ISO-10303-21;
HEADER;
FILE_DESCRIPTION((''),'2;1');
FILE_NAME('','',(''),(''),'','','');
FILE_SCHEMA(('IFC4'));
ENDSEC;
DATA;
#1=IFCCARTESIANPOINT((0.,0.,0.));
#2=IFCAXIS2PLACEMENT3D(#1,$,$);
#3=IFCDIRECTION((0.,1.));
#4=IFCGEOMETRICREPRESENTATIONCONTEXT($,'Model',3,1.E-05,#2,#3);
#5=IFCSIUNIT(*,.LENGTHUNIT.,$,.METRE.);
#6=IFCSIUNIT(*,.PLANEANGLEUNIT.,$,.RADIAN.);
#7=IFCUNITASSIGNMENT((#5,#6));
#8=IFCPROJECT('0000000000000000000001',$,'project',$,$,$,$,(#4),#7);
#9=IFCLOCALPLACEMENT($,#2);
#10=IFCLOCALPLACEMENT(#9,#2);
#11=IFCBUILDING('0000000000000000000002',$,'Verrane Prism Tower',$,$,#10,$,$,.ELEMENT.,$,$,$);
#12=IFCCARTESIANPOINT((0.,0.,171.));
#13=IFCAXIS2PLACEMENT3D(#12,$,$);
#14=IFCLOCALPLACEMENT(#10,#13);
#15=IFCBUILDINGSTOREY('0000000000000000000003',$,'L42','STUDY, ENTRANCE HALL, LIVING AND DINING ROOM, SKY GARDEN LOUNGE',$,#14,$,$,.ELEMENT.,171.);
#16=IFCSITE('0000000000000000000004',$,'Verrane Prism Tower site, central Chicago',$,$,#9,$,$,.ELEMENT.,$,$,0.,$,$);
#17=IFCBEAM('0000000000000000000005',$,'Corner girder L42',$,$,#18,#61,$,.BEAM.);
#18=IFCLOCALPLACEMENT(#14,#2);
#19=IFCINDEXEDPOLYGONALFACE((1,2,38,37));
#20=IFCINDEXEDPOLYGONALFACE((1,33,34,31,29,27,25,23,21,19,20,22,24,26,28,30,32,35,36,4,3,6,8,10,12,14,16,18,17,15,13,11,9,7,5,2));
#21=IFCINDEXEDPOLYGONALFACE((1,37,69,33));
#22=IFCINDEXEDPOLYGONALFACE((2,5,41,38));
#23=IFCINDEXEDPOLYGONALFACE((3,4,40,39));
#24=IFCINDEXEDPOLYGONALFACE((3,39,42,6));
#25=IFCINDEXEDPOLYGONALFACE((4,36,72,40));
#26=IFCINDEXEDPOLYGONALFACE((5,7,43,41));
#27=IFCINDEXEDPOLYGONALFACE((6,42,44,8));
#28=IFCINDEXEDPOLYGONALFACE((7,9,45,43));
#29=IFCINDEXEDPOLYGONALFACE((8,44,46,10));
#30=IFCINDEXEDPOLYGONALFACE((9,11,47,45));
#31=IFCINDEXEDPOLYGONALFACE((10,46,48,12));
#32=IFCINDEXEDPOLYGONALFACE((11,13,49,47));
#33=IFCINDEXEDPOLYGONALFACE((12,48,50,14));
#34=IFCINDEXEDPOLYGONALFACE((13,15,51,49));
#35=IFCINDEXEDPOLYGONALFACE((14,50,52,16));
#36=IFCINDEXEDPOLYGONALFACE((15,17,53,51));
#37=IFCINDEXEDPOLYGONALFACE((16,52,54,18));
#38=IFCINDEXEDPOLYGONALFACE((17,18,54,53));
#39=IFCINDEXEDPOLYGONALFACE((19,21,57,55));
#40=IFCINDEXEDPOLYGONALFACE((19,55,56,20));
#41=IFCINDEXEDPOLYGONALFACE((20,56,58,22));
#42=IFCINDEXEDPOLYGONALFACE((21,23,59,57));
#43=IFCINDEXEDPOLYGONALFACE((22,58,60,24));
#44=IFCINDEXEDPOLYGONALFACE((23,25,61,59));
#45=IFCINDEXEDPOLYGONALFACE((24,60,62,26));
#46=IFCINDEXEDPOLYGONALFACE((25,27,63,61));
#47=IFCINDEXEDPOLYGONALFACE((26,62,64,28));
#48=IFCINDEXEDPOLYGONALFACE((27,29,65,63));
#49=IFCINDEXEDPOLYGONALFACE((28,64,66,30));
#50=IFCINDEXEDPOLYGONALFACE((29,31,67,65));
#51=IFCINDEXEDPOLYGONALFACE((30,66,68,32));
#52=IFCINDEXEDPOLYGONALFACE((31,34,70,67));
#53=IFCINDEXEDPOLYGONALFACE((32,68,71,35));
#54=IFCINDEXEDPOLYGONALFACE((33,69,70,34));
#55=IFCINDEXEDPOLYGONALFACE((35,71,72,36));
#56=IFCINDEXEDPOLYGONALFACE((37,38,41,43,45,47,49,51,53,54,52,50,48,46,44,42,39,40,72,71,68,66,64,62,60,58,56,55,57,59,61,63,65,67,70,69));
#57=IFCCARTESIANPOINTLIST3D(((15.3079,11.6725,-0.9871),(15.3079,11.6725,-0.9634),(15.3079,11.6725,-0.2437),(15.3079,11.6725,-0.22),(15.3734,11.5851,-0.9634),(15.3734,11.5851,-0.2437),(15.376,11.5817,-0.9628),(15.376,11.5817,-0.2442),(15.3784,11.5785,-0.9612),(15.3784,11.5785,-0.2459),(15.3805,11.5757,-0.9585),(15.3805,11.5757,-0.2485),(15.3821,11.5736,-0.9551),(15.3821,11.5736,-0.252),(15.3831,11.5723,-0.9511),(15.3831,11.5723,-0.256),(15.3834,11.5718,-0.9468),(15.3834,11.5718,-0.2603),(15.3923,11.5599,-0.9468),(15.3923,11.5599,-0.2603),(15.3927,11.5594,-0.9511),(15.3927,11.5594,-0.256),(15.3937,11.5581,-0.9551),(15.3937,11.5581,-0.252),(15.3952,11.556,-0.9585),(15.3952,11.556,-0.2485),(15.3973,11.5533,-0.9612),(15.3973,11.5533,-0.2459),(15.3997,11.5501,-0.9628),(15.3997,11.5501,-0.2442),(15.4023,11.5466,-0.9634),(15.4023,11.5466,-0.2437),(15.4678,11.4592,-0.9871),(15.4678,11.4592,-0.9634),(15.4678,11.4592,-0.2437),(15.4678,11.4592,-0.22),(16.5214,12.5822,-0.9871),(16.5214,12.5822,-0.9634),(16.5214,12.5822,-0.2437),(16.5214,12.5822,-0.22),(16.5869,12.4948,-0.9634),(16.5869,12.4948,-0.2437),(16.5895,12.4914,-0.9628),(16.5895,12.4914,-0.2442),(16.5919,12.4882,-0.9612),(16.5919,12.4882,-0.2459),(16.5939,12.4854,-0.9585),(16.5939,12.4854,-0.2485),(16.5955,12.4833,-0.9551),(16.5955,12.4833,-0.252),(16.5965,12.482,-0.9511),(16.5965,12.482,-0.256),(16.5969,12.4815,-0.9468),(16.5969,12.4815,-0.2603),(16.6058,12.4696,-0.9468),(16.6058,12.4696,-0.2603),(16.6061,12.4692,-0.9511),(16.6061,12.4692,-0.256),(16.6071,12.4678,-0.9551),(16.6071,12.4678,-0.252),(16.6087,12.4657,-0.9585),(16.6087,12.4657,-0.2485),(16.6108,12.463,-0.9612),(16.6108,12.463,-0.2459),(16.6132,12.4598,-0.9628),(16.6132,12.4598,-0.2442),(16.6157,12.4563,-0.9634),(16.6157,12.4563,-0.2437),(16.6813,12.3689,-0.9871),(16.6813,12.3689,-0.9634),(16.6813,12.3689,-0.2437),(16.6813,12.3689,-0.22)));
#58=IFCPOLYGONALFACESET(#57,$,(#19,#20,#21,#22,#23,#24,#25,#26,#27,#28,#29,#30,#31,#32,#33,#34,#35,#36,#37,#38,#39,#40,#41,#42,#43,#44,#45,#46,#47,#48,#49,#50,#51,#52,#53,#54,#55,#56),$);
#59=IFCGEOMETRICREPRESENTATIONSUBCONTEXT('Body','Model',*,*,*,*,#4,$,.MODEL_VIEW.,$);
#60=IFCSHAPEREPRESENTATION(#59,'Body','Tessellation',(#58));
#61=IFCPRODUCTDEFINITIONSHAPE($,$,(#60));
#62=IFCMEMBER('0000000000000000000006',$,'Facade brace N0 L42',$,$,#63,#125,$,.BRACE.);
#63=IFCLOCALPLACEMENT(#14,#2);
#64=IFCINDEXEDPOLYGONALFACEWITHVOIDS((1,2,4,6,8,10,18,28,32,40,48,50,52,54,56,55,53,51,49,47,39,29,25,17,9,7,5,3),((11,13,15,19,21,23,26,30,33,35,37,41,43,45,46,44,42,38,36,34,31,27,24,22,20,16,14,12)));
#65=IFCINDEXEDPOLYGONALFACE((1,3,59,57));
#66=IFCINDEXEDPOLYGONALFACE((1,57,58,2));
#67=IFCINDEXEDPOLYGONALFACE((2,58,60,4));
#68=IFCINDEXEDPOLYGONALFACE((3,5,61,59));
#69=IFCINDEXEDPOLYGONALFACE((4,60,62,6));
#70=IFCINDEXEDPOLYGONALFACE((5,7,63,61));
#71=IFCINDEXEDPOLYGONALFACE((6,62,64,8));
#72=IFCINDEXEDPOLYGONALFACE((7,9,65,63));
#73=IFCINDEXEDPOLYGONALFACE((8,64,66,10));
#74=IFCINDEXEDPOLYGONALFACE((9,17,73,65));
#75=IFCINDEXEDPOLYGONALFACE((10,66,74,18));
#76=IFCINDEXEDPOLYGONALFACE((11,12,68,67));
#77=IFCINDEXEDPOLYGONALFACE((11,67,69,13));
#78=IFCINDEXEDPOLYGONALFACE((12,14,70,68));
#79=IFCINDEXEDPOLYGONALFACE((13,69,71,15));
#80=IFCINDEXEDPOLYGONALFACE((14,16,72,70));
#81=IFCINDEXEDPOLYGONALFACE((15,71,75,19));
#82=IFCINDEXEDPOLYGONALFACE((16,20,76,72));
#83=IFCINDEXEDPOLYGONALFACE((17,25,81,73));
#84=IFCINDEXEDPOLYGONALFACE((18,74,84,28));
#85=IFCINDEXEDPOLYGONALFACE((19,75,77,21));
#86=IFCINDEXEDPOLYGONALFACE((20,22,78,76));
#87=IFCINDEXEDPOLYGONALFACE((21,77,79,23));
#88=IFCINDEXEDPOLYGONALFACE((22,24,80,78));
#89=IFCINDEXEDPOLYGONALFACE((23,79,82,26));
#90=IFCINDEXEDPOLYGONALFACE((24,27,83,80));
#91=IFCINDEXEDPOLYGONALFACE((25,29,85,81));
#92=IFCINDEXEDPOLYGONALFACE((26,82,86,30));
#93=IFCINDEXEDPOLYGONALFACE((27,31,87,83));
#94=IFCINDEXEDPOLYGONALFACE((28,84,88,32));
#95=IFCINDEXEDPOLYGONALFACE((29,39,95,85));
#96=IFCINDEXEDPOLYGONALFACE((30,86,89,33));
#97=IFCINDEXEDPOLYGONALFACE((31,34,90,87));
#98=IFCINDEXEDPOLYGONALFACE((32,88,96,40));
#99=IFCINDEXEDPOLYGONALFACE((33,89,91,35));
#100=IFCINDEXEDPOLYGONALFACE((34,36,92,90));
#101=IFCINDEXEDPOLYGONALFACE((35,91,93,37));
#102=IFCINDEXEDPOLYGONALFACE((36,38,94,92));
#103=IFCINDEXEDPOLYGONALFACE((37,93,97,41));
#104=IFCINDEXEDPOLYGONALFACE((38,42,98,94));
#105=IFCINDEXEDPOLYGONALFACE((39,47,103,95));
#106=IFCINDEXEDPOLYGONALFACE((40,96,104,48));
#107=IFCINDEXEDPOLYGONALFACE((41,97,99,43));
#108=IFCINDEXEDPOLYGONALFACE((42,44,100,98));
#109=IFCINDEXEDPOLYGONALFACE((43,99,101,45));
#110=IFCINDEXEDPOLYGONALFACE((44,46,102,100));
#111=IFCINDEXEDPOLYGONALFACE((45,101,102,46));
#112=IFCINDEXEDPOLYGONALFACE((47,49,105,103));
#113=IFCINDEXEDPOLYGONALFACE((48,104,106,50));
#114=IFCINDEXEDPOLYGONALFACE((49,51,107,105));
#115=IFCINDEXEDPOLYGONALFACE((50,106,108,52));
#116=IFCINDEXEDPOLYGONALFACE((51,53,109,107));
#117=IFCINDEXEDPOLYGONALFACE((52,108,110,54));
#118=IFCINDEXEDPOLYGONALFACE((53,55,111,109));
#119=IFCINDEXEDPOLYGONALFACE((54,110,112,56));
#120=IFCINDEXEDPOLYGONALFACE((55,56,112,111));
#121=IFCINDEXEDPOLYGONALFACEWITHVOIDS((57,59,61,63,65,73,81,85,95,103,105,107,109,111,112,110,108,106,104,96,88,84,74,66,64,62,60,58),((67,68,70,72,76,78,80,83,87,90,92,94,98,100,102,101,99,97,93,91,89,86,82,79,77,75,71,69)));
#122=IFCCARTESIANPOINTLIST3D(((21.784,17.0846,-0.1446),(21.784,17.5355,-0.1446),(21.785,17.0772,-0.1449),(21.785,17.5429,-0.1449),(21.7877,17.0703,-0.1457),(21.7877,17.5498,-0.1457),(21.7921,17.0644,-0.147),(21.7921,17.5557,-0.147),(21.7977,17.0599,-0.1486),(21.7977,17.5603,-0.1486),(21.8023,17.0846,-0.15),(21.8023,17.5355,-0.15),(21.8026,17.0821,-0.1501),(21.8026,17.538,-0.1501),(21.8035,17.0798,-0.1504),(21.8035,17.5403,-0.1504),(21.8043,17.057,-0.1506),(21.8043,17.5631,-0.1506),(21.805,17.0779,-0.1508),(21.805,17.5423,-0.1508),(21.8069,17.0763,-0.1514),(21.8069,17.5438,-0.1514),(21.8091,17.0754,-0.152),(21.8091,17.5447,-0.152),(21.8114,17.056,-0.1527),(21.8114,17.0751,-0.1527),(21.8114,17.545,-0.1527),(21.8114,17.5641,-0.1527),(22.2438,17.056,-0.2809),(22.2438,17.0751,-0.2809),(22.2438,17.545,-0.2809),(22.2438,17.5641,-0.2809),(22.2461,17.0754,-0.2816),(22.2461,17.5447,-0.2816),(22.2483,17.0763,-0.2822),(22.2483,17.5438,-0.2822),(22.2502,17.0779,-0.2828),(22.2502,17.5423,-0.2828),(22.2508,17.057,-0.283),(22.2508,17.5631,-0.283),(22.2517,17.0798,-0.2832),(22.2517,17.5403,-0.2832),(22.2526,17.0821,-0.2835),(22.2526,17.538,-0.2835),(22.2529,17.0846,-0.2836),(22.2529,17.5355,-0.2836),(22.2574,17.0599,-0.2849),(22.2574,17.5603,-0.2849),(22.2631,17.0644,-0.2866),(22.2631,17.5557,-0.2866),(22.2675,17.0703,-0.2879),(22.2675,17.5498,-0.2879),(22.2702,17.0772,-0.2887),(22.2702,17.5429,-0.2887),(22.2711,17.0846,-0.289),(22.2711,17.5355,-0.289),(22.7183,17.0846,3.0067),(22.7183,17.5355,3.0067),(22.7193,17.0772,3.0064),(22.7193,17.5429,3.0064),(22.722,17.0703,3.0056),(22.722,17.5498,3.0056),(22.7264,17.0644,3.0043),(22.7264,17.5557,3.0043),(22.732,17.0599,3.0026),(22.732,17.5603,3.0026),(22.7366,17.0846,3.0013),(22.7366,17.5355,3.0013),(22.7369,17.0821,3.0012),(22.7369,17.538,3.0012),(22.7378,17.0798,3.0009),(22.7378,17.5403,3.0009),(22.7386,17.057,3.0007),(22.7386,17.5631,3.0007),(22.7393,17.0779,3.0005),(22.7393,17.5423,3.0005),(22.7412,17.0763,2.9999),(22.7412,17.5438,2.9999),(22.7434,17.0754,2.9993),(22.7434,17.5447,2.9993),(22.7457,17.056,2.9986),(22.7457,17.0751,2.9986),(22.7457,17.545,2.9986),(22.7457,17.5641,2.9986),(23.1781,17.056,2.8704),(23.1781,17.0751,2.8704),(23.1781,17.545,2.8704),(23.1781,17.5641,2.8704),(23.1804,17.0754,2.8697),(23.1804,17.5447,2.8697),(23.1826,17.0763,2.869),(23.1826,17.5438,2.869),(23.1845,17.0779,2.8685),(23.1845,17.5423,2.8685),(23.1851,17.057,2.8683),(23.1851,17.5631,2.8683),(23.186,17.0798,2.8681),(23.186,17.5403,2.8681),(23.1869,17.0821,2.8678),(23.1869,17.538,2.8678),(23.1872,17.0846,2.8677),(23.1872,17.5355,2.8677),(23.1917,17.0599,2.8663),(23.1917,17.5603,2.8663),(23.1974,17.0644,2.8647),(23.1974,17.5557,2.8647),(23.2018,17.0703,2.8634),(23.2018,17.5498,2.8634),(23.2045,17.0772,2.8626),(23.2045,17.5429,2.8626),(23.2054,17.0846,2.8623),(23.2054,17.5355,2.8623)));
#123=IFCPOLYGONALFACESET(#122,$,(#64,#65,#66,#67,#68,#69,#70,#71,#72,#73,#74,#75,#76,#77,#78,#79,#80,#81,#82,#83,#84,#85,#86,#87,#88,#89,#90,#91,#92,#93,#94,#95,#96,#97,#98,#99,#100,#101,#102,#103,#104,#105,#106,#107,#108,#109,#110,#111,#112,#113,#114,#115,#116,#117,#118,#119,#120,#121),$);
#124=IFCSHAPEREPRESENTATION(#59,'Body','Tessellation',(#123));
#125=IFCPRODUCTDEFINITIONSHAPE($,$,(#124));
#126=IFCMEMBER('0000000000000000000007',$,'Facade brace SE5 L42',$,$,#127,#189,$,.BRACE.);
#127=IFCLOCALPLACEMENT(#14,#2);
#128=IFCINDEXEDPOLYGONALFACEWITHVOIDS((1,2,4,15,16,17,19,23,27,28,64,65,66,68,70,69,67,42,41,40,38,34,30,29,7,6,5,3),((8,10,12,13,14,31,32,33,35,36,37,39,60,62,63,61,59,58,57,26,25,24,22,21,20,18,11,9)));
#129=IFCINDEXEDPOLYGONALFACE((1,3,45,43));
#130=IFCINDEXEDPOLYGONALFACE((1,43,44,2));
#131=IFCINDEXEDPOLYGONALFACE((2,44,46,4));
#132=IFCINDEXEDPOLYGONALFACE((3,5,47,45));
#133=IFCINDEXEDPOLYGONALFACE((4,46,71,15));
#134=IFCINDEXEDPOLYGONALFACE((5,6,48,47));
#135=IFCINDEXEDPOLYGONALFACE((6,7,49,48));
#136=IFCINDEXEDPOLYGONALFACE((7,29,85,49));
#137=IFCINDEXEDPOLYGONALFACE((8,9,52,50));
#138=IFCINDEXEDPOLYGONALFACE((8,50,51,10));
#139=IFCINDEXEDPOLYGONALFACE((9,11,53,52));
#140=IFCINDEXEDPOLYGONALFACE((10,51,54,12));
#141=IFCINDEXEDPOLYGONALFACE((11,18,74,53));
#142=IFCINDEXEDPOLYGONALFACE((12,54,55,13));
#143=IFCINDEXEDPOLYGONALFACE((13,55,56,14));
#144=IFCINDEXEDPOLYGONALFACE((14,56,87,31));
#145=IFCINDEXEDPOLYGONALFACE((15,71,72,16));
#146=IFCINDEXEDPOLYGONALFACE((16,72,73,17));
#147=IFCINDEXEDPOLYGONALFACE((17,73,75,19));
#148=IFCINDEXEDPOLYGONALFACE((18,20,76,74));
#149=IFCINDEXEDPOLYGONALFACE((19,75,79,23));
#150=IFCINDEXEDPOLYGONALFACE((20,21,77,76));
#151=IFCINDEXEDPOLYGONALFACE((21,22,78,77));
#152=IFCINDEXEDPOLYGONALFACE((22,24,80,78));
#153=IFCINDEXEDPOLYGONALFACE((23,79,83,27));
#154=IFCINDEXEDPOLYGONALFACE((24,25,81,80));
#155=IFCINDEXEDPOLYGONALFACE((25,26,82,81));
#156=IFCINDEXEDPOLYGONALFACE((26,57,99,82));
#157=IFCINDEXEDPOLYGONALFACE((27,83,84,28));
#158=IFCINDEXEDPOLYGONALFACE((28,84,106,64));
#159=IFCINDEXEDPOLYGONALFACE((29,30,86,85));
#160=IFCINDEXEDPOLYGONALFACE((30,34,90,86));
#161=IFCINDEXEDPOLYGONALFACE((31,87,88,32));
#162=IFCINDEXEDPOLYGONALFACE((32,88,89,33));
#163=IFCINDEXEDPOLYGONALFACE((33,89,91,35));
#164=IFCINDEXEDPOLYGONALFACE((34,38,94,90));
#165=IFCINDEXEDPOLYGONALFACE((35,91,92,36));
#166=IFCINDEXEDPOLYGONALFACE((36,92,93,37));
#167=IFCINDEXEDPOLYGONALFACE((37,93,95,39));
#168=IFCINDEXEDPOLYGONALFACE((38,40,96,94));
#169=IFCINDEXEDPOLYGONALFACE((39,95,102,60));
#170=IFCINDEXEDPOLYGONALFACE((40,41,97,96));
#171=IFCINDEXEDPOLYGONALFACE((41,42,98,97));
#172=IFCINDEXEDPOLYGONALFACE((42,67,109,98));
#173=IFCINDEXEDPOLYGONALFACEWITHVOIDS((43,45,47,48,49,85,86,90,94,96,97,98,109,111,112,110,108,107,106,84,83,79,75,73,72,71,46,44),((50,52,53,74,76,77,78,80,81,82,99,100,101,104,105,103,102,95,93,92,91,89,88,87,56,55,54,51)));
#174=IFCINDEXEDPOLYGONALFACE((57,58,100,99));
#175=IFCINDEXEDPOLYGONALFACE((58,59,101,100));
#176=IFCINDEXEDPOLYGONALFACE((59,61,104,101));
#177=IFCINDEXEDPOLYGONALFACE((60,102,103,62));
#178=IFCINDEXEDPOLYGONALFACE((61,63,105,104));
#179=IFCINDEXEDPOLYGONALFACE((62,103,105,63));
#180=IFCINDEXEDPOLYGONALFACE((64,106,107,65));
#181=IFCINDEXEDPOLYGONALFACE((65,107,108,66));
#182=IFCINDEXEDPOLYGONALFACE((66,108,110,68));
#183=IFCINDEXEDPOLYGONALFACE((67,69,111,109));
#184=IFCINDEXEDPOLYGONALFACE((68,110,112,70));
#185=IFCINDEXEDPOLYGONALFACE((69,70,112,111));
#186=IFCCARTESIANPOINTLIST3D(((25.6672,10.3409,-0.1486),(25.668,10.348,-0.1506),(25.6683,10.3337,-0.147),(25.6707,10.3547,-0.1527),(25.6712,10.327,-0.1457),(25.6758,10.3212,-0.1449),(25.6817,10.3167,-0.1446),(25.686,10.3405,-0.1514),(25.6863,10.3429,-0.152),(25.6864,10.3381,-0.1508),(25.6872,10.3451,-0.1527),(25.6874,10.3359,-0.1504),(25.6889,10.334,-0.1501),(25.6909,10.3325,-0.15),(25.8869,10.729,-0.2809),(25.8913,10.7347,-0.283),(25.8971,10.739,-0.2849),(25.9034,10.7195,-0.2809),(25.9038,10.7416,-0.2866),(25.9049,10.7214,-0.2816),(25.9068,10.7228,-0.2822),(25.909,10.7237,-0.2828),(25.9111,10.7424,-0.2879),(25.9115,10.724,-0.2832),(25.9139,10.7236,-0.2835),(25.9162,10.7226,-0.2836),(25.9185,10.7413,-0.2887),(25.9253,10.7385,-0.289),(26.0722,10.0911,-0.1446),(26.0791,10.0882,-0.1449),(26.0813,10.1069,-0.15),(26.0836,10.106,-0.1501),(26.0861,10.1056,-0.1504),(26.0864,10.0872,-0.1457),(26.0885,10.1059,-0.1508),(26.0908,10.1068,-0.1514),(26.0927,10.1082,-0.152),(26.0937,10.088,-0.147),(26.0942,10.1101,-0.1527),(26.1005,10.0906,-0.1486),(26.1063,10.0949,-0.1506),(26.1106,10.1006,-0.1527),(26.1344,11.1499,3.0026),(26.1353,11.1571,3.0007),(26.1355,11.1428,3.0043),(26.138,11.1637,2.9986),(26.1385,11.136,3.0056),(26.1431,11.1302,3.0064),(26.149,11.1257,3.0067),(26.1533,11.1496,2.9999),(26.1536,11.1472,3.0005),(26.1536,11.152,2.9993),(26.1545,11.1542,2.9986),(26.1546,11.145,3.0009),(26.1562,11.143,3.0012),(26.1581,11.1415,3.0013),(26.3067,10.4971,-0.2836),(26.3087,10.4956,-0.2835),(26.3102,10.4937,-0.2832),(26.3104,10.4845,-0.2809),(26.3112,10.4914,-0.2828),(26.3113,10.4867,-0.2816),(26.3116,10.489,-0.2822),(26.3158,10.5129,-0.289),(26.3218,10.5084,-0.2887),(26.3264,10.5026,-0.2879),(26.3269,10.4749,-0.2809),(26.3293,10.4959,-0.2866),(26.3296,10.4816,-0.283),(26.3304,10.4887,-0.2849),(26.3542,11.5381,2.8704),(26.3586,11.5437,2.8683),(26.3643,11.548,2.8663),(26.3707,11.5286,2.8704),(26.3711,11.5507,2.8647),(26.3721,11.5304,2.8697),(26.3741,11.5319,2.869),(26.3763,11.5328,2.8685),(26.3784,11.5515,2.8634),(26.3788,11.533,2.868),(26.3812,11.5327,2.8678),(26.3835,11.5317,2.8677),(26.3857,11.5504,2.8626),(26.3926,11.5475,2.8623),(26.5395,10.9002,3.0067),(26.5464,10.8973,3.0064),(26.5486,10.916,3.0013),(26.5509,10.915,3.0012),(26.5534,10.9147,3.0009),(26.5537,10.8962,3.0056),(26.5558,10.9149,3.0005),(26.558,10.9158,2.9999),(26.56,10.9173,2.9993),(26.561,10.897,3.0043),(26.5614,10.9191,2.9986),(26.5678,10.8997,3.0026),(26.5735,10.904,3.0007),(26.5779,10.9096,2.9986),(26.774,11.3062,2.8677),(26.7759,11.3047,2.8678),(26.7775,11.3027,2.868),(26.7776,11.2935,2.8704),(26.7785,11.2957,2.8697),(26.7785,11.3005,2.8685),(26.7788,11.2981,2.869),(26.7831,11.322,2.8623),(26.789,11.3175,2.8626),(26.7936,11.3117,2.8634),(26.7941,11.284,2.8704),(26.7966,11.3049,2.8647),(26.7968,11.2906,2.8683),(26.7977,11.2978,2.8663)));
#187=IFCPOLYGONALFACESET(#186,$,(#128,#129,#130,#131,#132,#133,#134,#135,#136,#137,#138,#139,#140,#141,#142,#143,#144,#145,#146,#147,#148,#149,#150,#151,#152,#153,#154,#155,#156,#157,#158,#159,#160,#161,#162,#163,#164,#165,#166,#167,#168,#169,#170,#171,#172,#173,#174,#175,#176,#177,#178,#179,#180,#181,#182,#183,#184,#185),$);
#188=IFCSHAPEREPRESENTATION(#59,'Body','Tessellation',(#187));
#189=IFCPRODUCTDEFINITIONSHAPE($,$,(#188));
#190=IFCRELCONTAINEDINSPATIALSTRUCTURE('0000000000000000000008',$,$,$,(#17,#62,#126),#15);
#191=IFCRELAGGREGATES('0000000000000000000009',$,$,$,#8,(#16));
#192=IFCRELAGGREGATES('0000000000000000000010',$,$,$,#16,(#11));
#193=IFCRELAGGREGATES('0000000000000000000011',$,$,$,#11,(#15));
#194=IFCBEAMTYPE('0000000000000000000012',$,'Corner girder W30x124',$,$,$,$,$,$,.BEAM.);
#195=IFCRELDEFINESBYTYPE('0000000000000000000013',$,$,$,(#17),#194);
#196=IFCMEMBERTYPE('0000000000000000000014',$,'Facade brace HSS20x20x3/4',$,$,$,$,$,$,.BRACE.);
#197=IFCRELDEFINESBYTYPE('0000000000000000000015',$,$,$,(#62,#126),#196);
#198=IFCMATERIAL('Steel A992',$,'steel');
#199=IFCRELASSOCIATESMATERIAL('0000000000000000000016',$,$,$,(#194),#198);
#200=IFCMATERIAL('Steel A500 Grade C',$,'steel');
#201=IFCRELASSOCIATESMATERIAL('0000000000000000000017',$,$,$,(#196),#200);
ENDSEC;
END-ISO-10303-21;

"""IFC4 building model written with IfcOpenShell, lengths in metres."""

from ifc_helpers import new_model, si_unit, direction, frame, origin, origin_2d, place, context, subcontext, project, spatial, hollow_rectangle, i_section, extrude, material, material_profile, profile_set, type_object, element, save


model = new_model("IFC4")

# Units and contexts
model_context = context("Model", 3, precision=1e-05, world=origin(), true_north=direction((0.0, 1.0)))
body_context = subcontext(model_context, "Body", "Model", "MODEL_VIEW")
ifc_project = project(units=[si_unit("LENGTHUNIT", "METRE"), si_unit("PLANEANGLEUNIT", "RADIAN")], contexts=[model_context])

# Site, building, storey
site_placement = place(None, origin())
site = spatial("IfcSite", under=ifc_project, at=site_placement, Name="Verrane Prism Tower site, central Chicago", CompositionType="ELEMENT", RefElevation=0.0)
building_placement = place(site_placement, origin())
building = spatial("IfcBuilding", under=site, at=building_placement, Name="Verrane Prism Tower", CompositionType="ELEMENT")
storey_placement = place(building_placement, frame((0.0, 0.0, 171.0)))
storey = spatial("IfcBuildingStorey", under=building, at=storey_placement, Name="L42", Description="STUDY, ENTRANCE HALL, LIVING AND DINING ROOM, SKY GARDEN LOUNGE", CompositionType="ELEMENT", Elevation=171.0)

# Beam
ifc_material_1 = material(Name="Steel A992", Category="steel")
ifc_material_profile_1 = material_profile(ifc_material_1, i_section(OverallWidth=0.2666, OverallDepth=0.7671, WebThickness=0.0149, FlangeThickness=0.0237, FilletRadius=0.0166, at=origin_2d()), Name="W30x124")
ifc_profile_set_1 = profile_set([ifc_material_profile_1], Name="Steel A992")
beam_type_1 = type_object("IfcBeamType", Name="Corner girder W30x124", PredefinedType="BEAM", material=ifc_profile_set_1)
beam_1_placement = place(storey_placement, frame((16.6013, 12.4756, -0.6035), z_axis=(-0.800116, -0.599845, 0.0), x_axis=(0.599845, -0.800116, 0.0)))
element("IfcBeam", 1, at=beam_1_placement, inside=storey, type_object=beam_type_1, Name="Corner girder L42", PredefinedType="BEAM", context=body_context, shape_type="SweptSolid", body=[
    extrude(i_section(OverallWidth=0.2666, OverallDepth=0.7671, WebThickness=0.0149, FlangeThickness=0.0237, FilletRadius=0.0166, at=origin_2d()), origin(), (0.0, 0.0, 1.0), 1.5166),
])

# Members
ifc_material_2 = material(Name="Steel A500 Grade C", Category="steel")
ifc_material_profile_2 = material_profile(ifc_material_2, hollow_rectangle(XDim=0.5081, YDim=0.5081, WallThickness=0.019, InnerFilletRadius=0.0095, OuterFilletRadius=0.0286, at=origin_2d()), Name="HSS20x20x3/4")
ifc_profile_set_2 = profile_set([ifc_material_profile_2], Name="Steel A500 Grade C")
member_type_1 = type_object("IfcMemberType", Name="Facade brace HSS20x20x3/4", PredefinedType="BRACE", material=ifc_profile_set_2)
for number, where, z_axis, x_axis, name in (
    (2, (22.0276, 17.3101, -0.2168), (0.284253, 0.0, 0.958749), (0.0, 1.0, 0.0), "Facade brace N0 L42"),
    (3, (25.9988, 10.4148, -0.2168), (0.142163, 0.246149, 0.958749), (-0.865951, 0.50013, 0.0), "Facade brace SE5 L42"),
):
    element("IfcMember", number, at=place(storey_placement, frame(where, z_axis=z_axis, x_axis=x_axis)), inside=storey, type_object=member_type_1, Name=name, PredefinedType="BRACE", context=body_context, shape_type="SweptSolid", body=[
        extrude(hollow_rectangle(XDim=0.5081, YDim=0.5081, WallThickness=0.019, InnerFilletRadius=0.0095, OuterFilletRadius=0.0286, at=origin_2d()), origin(), (0.0, 0.0, 1.0), 3.2869),
    ])

save(model, "model.ifc")
